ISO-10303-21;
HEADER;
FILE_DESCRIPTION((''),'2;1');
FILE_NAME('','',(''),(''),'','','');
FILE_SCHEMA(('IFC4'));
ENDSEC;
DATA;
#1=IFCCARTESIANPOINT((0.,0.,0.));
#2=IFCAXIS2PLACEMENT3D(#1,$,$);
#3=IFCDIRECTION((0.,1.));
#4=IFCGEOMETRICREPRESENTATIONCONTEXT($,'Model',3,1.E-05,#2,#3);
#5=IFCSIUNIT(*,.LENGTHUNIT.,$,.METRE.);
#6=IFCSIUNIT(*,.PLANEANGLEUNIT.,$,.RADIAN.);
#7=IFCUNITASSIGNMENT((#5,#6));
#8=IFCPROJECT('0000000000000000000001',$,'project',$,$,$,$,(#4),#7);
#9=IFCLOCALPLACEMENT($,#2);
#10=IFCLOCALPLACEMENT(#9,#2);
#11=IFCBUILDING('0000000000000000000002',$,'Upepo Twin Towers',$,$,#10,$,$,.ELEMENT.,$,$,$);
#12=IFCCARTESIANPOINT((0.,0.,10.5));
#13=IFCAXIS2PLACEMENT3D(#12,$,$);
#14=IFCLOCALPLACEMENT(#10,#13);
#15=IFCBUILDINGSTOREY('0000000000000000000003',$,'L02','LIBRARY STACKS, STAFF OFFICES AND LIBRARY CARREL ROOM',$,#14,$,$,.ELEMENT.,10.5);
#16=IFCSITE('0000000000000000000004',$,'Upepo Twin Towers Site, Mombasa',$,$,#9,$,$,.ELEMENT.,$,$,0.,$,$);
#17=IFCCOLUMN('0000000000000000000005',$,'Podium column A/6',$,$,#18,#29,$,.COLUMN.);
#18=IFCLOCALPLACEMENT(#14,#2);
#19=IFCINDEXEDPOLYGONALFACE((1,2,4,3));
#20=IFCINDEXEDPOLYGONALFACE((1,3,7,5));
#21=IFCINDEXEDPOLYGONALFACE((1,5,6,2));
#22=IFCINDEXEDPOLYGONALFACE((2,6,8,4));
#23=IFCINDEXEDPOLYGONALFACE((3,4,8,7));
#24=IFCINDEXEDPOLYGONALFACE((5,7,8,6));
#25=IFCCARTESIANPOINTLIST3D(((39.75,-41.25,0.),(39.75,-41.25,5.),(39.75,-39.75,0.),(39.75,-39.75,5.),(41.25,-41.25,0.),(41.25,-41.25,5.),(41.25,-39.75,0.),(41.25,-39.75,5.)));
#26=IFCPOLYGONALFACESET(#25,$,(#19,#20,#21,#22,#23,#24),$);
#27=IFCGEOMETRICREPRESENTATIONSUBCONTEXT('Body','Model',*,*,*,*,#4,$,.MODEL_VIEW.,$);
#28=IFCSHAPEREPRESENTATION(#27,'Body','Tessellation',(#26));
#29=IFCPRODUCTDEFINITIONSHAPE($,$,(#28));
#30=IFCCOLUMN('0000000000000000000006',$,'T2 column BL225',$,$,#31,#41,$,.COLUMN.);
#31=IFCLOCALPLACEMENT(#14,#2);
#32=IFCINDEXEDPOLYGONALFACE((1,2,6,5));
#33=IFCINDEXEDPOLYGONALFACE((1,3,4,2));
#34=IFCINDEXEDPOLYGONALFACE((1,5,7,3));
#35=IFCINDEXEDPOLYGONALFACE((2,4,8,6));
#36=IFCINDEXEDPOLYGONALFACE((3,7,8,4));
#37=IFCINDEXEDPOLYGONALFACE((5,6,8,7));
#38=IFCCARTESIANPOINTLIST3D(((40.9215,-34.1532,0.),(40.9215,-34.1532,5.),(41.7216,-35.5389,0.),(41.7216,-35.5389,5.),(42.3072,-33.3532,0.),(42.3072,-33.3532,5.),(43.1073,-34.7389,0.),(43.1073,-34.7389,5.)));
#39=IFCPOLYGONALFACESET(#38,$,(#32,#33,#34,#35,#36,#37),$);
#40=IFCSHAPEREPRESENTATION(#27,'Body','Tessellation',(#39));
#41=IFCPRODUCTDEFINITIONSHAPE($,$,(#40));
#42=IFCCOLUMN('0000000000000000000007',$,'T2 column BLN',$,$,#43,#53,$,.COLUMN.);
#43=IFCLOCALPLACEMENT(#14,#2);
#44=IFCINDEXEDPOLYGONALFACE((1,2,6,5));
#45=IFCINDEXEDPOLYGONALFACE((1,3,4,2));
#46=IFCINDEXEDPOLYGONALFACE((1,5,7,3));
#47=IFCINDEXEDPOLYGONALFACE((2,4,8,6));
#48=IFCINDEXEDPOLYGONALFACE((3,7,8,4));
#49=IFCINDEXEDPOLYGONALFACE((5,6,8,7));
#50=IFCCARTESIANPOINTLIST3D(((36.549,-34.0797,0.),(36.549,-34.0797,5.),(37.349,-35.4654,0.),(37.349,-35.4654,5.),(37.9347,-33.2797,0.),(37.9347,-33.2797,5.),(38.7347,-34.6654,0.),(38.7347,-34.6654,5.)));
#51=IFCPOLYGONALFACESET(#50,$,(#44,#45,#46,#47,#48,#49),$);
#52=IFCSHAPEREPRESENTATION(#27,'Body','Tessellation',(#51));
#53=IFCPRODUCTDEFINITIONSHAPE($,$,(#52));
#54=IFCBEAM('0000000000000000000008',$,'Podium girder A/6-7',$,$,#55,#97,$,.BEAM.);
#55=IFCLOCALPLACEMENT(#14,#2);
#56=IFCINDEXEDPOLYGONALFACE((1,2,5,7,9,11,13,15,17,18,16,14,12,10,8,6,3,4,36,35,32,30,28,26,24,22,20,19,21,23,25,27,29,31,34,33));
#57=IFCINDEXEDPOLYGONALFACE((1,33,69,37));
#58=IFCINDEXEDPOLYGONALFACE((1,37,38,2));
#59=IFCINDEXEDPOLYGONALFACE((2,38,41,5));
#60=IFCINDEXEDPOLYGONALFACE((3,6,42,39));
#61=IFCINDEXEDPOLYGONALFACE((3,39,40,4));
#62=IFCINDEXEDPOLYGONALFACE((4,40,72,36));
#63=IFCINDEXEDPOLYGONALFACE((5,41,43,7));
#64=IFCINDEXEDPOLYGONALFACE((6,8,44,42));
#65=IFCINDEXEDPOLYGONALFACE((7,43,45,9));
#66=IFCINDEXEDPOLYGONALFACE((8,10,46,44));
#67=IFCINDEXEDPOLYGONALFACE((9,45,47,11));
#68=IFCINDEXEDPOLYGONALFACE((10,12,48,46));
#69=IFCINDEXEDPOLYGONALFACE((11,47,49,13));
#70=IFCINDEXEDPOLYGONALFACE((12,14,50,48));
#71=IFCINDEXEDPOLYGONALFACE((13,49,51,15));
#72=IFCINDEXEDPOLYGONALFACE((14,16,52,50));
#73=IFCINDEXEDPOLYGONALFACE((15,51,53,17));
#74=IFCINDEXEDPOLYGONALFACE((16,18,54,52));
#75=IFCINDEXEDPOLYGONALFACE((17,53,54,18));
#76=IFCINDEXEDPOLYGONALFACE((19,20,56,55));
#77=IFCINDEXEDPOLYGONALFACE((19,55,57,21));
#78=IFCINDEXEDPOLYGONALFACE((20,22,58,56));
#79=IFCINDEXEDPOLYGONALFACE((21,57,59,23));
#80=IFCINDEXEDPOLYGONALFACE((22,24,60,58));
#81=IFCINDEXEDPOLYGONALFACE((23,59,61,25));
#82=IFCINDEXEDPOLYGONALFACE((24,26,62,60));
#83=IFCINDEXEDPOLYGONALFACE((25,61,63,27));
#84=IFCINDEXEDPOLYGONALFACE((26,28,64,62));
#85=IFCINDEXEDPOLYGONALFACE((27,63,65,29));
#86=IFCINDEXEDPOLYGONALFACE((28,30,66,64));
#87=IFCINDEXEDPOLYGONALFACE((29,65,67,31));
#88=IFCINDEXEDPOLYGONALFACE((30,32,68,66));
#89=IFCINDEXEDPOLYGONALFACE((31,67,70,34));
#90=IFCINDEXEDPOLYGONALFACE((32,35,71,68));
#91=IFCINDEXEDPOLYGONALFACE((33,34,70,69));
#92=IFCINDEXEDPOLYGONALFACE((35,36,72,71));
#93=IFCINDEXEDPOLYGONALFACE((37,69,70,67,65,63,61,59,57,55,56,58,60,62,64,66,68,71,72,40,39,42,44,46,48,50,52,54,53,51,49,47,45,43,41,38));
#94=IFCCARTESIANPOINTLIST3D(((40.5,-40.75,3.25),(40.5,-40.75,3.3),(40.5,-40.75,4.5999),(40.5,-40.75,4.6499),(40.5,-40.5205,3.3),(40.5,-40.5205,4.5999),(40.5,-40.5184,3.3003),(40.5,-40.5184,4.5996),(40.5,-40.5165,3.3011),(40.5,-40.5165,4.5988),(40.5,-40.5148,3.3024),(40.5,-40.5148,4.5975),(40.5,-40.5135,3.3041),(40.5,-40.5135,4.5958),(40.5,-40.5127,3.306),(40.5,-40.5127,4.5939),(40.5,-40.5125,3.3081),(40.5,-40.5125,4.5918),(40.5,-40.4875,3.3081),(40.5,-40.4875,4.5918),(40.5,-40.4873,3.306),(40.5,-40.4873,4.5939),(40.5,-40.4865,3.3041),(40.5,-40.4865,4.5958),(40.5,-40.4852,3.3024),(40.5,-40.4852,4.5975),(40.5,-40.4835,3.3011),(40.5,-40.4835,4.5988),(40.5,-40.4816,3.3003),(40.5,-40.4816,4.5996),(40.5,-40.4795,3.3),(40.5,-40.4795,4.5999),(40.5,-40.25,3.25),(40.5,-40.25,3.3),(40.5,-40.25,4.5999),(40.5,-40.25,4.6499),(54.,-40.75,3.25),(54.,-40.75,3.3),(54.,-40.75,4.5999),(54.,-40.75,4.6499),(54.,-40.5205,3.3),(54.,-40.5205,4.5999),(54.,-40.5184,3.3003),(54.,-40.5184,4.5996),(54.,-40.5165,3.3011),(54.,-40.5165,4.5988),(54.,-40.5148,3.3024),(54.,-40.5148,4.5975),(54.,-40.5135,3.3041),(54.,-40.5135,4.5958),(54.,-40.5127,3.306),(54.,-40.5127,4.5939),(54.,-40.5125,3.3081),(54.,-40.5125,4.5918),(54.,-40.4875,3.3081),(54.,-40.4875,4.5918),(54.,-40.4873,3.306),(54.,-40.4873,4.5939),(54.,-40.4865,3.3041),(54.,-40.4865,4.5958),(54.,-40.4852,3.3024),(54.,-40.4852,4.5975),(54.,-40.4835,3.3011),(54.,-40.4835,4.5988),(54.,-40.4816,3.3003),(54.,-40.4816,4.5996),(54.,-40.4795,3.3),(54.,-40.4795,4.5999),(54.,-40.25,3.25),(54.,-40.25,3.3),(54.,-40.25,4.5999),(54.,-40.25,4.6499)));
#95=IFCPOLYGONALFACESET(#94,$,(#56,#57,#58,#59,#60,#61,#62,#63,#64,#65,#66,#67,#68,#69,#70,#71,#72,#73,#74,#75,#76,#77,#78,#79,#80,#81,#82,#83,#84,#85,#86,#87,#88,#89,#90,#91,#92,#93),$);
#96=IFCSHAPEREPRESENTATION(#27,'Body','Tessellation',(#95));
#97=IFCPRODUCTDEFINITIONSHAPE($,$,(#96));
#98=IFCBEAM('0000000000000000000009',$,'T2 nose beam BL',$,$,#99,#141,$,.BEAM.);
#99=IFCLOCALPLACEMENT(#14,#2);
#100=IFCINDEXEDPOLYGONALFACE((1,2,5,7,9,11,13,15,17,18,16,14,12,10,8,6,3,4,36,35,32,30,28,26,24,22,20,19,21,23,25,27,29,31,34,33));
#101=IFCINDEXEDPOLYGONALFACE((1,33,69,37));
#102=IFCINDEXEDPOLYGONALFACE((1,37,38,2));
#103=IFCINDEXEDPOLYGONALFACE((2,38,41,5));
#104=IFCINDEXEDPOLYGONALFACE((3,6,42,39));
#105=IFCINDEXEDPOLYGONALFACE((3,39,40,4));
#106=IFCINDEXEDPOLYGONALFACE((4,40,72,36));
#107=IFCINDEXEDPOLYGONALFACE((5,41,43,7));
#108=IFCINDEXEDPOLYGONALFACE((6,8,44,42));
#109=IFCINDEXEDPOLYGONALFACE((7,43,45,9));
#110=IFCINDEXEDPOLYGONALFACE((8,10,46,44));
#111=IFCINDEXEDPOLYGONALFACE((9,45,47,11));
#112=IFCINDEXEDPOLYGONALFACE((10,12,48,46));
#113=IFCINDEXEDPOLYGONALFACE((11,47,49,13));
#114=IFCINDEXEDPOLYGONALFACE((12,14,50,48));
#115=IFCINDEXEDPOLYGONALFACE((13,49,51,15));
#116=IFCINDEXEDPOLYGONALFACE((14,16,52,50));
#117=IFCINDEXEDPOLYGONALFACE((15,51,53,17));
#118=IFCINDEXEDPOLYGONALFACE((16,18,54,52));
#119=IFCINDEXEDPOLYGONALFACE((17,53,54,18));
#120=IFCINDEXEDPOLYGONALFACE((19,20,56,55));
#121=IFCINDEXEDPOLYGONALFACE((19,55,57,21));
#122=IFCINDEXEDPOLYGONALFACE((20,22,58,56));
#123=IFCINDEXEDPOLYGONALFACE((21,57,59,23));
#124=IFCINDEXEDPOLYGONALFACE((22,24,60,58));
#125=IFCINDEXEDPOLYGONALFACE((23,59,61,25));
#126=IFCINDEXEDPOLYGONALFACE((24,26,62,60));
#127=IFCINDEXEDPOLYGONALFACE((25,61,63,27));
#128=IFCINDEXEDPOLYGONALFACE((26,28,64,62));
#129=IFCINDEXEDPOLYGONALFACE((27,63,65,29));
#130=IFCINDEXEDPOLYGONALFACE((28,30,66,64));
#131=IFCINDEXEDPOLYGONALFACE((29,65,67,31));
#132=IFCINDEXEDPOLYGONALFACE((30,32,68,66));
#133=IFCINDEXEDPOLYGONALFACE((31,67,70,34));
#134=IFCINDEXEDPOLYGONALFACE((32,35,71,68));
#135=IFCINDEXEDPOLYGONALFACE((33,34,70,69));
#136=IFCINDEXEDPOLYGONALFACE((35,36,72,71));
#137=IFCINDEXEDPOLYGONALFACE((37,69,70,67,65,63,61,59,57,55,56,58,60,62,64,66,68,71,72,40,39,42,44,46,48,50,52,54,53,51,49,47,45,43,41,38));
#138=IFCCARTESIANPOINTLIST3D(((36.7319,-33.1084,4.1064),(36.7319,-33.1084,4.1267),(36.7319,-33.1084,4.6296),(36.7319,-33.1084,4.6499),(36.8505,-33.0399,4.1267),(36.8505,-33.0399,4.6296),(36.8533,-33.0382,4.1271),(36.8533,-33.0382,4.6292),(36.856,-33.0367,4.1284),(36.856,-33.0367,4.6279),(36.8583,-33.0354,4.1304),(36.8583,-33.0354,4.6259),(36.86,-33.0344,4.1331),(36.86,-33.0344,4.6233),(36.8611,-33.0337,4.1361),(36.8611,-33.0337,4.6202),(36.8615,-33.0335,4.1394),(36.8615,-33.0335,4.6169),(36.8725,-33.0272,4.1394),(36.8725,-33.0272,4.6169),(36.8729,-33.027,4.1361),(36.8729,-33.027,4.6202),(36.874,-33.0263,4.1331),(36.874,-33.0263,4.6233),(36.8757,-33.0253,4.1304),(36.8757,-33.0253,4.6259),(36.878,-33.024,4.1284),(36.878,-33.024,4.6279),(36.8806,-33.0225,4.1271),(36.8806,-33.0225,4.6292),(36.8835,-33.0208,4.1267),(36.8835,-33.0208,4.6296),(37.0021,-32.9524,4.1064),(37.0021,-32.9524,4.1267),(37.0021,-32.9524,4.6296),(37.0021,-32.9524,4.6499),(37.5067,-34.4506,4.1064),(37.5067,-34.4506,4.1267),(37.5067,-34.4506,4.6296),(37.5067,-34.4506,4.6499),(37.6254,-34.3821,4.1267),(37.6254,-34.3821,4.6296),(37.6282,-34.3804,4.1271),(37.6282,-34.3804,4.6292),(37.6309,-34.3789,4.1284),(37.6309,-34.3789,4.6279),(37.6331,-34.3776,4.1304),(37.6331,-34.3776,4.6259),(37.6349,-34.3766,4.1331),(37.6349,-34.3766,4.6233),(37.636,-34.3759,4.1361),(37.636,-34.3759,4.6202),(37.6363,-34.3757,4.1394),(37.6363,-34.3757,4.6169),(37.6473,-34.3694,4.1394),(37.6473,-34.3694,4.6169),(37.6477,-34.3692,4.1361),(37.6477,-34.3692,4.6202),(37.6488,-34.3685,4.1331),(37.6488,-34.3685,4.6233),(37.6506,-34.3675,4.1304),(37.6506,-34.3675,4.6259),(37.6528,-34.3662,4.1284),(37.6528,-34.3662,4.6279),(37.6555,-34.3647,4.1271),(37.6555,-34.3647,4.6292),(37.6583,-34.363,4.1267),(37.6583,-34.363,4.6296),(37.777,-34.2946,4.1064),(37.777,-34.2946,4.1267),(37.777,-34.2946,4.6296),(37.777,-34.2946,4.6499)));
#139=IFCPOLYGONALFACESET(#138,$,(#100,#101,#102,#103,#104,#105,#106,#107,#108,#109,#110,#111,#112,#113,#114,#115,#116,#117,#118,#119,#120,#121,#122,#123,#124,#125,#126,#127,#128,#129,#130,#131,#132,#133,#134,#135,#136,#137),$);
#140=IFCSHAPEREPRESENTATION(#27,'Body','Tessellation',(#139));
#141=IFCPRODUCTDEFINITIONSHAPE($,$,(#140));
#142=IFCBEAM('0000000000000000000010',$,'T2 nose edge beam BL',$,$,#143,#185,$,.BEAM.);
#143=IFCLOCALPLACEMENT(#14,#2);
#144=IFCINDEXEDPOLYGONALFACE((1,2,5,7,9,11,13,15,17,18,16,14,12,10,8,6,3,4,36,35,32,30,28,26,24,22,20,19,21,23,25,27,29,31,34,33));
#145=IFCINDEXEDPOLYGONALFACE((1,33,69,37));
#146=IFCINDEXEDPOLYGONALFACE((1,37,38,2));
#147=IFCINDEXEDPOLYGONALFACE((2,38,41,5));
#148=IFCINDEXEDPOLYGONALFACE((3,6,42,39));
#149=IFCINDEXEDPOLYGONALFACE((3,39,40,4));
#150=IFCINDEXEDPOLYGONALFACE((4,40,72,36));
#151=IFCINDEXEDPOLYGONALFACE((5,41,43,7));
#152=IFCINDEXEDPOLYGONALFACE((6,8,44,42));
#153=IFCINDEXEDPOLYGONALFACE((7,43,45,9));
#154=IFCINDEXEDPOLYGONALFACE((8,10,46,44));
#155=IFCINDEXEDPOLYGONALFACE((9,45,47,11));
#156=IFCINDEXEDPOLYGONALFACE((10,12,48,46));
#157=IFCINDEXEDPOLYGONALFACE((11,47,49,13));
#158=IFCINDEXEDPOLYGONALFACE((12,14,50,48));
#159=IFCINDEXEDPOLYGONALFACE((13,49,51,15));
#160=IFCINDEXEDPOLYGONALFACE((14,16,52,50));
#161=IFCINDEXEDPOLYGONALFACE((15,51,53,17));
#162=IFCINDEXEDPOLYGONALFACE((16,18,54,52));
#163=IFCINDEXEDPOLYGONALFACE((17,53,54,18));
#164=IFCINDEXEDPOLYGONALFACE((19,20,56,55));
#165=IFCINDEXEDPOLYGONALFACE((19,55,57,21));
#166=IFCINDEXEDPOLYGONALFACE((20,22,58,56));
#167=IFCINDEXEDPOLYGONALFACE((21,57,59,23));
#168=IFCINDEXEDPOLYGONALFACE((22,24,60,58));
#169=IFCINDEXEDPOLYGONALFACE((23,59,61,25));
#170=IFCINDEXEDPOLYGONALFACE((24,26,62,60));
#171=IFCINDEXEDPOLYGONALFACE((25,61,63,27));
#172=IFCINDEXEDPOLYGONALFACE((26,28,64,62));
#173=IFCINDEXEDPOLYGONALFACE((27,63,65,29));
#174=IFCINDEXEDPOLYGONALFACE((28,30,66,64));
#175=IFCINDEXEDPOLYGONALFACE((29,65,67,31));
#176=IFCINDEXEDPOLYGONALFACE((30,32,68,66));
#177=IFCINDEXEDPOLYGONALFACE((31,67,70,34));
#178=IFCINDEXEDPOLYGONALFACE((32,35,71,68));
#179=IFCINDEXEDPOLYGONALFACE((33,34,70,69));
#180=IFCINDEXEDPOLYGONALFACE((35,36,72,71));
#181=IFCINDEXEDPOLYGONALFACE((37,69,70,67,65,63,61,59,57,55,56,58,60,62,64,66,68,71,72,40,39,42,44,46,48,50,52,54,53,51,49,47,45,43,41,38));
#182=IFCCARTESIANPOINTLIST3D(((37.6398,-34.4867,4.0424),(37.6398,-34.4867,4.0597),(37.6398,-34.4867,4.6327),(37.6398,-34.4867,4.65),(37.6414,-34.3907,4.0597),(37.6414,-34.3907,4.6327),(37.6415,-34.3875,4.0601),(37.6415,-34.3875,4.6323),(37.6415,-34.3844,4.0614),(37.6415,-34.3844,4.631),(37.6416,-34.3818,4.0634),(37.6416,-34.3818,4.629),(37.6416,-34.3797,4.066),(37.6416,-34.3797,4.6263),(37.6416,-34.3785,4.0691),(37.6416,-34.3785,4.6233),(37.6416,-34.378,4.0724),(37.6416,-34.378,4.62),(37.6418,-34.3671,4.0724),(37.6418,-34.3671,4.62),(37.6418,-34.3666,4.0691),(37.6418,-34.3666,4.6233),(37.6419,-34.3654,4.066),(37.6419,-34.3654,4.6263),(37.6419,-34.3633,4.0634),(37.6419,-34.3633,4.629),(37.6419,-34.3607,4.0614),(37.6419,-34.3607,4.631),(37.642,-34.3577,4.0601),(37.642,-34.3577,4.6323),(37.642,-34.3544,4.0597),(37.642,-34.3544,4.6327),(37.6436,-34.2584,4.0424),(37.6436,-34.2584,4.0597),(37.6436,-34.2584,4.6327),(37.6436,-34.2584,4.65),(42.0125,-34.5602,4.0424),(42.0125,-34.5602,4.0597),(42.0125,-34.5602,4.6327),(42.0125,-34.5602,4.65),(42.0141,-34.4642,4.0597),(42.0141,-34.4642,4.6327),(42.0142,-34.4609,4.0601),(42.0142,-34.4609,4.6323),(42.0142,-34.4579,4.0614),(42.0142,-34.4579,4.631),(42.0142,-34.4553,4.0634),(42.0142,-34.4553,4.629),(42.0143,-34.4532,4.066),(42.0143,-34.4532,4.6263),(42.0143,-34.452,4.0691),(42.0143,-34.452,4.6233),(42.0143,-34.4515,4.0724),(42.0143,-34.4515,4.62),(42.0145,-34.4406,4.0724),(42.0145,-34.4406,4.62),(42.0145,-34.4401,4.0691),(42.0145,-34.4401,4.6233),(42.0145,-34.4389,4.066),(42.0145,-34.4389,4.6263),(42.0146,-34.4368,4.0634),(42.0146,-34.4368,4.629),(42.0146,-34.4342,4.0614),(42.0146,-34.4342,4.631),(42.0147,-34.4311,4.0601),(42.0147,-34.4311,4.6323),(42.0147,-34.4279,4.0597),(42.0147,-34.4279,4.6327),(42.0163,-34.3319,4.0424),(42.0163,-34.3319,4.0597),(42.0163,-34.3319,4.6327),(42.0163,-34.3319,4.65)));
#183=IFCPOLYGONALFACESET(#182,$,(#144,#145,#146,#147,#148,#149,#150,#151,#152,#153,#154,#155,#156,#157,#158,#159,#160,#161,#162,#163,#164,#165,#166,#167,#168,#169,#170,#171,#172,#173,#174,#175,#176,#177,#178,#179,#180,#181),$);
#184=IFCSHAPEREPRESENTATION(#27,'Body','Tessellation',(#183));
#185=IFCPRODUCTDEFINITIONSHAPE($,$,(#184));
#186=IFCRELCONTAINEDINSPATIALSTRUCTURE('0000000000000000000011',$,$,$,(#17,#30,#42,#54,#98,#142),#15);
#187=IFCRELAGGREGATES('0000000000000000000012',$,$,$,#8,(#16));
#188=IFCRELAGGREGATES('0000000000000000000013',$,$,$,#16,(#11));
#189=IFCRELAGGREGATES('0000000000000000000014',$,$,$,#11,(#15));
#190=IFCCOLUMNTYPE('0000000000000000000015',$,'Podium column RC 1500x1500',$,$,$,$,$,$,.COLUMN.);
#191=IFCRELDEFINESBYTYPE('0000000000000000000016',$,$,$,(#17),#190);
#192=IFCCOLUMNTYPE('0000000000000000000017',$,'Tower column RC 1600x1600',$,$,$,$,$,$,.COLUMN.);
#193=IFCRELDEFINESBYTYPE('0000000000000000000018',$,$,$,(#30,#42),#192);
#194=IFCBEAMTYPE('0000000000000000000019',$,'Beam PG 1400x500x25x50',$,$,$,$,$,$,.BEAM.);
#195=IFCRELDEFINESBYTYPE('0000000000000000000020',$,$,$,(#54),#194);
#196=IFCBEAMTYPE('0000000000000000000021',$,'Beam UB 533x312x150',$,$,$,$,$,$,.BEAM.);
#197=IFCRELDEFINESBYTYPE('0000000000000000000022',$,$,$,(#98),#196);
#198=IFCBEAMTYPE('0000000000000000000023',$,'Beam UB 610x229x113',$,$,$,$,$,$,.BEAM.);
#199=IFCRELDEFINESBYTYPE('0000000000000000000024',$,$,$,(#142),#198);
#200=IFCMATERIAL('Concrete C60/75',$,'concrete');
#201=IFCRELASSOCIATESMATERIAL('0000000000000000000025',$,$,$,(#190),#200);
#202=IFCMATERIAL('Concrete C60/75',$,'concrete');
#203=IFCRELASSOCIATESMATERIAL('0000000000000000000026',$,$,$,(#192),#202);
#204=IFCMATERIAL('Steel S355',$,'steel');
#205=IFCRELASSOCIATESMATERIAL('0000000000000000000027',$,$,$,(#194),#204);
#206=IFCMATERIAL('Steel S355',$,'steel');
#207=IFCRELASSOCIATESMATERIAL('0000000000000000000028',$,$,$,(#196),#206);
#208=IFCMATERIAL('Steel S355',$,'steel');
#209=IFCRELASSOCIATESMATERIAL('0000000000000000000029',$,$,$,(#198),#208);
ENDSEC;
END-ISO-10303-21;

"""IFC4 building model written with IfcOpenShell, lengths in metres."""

from ifc_helpers import new_model, si_unit, direction, frame, origin, origin_2d, place, context, subcontext, project, spatial, rectangle, i_section, extrude, material, material_profile, profile_set, type_object, element, save


model = new_model("IFC4")

# Units and contexts
model_context = context("Model", 3, precision=1e-05, world=origin(), true_north=direction((0.0, 1.0)))
body_context = subcontext(model_context, "Body", "Model", "MODEL_VIEW")
ifc_project = project(units=[si_unit("LENGTHUNIT", "METRE"), si_unit("PLANEANGLEUNIT", "RADIAN")], contexts=[model_context])

# Site, building, storey
site_placement = place(None, origin())
site = spatial("IfcSite", under=ifc_project, at=site_placement, Name="Upepo Twin Towers Site, Mombasa", CompositionType="ELEMENT", RefElevation=0.0)
building_placement = place(site_placement, origin())
building = spatial("IfcBuilding", under=site, at=building_placement, Name="Upepo Twin Towers", CompositionType="ELEMENT")
storey_placement = place(building_placement, frame((0.0, 0.0, 10.5)))
storey = spatial("IfcBuildingStorey", under=building, at=storey_placement, Name="L02", Description="LIBRARY STACKS, STAFF OFFICES AND LIBRARY CARREL ROOM", CompositionType="ELEMENT", Elevation=10.5)

# Columns
ifc_material_1 = material(Name="Concrete C60/75", Category="concrete")
ifc_material_profile_1 = material_profile(ifc_material_1, rectangle(XDim=1.5, YDim=1.5, at=origin_2d()), Name="RC 1500x1500")
ifc_profile_set_1 = profile_set([ifc_material_profile_1], Name="Concrete C60/75")
column_type_1 = type_object("IfcColumnType", Name="Podium column RC 1500x1500", PredefinedType="COLUMN", material=ifc_profile_set_1)
column_placement = place(storey_placement, frame((40.5, -40.5, 0.0), z_axis=(0.0, 0.0, 1.0), x_axis=(1.0, 0.0, 0.0)))
element("IfcColumn", 1, at=column_placement, inside=storey, type_object=column_type_1, Name="Podium column A/6", PredefinedType="COLUMN", context=body_context, shape_type="SweptSolid", body=[
    extrude(rectangle(XDim=1.5, YDim=1.5, at=origin_2d()), origin(), (0.0, 0.0, 1.0), 5.0),
])
ifc_material_2 = material(Name="Concrete C60/75", Category="concrete")
ifc_material_profile_2 = material_profile(ifc_material_2, rectangle(XDim=1.6001, YDim=1.6001, at=origin_2d()), Name="RC 1600x1600")
ifc_profile_set_2 = profile_set([ifc_material_profile_2], Name="Concrete C60/75")
column_type_2 = type_object("IfcColumnType", Name="Tower column RC 1600x1600", PredefinedType="COLUMN", material=ifc_profile_set_2)
for number, where, z_axis, x_axis, name in (
    (2, (42.0144, -34.446, 0.0), (0.0, 0.0, 1.0), (0.866025, 0.5, 0.0), "T2 column BL225"),
    (3, (37.6418, -34.3726, 0.0), (0.0, 0.0, 1.0), (0.866025, 0.5, 0.0), "T2 column BLN"),
):
    element("IfcColumn", number, at=place(storey_placement, frame(where, z_axis=z_axis, x_axis=x_axis)), inside=storey, type_object=column_type_2, Name=name, PredefinedType="COLUMN", context=body_context, shape_type="SweptSolid", body=[
        extrude(rectangle(XDim=1.6001, YDim=1.6001, at=origin_2d()), origin(), (0.0, 0.0, 1.0), 5.0),
    ])

# Beams
ifc_material_3 = material(Name="Steel S355", Category="steel")
ifc_material_profile_3 = material_profile(ifc_material_3, i_section(OverallWidth=0.5, OverallDepth=1.3999, WebThickness=0.0249, FlangeThickness=0.05, FilletRadius=0.0081, at=origin_2d()), Name="PG 1400x500x25x50")
ifc_profile_set_3 = profile_set([ifc_material_profile_3], Name="Steel S355")
beam_type_1 = type_object("IfcBeamType", Name="Beam PG 1400x500x25x50", PredefinedType="BEAM", material=ifc_profile_set_3)
beam_1_placement = place(storey_placement, frame((40.5, -40.5, 3.95), z_axis=(1.0, 0.0, 0.0), x_axis=(0.0, 1.0, 0.0)))
element("IfcBeam", 4, at=beam_1_placement, inside=storey, type_object=beam_type_1, Name="Podium girder A/6-7", PredefinedType="BEAM", context=body_context, shape_type="SweptSolid", body=[
    extrude(i_section(OverallWidth=0.5, OverallDepth=1.3999, WebThickness=0.0249, FlangeThickness=0.05, FilletRadius=0.0081, at=origin_2d()), origin(), (0.0, 0.0, 1.0), 13.5),
])
ifc_material_4 = material(Name="Steel S355", Category="steel")
ifc_material_profile_4 = material_profile(ifc_material_4, i_section(OverallWidth=0.312, OverallDepth=0.5435, WebThickness=0.0127, FlangeThickness=0.0203, FilletRadius=0.0127, at=origin_2d()), Name="UB 533x312x150")
ifc_profile_set_4 = profile_set([ifc_material_profile_4], Name="Steel S355")
beam_type_2 = type_object("IfcBeamType", Name="Beam UB 533x312x150", PredefinedType="BEAM", material=ifc_profile_set_4)
beam_2_placement = place(storey_placement, frame((37.6418, -34.3726, 4.3782), z_axis=(-0.499968, 0.866044, 0.0), x_axis=(-0.866044, -0.499968, 0.0)))
element("IfcBeam", 5, at=beam_2_placement, inside=storey, type_object=beam_type_2, Name="T2 nose beam BL", PredefinedType="BEAM", context=body_context, shape_type="SweptSolid", body=[
    extrude(i_section(OverallWidth=0.312, OverallDepth=0.5435, WebThickness=0.0127, FlangeThickness=0.0203, FilletRadius=0.0127, at=origin_2d()), origin(), (0.0, 0.0, 1.0), 1.5498),
])
ifc_material_5 = material(Name="Steel S355", Category="steel")
ifc_material_profile_5 = material_profile(ifc_material_5, i_section(OverallWidth=0.2283, OverallDepth=0.6077, WebThickness=0.011, FlangeThickness=0.0173, FilletRadius=0.0127, at=origin_2d()), Name="UB 610x229x113")
ifc_profile_set_5 = profile_set([ifc_material_profile_5], Name="Steel S355")
beam_type_3 = type_object("IfcBeamType", Name="Beam UB 610x229x113", PredefinedType="BEAM", material=ifc_profile_set_5)
beam_3_placement = place(storey_placement, frame((42.0144, -34.446, 4.3462), z_axis=(-0.999859, 0.016804, 0.0), x_axis=(-0.016804, -0.999859, 0.0)))
element("IfcBeam", 6, at=beam_3_placement, inside=storey, type_object=beam_type_3, Name="T2 nose edge beam BL", PredefinedType="BEAM", context=body_context, shape_type="SweptSolid", body=[
    extrude(i_section(OverallWidth=0.2283, OverallDepth=0.6077, WebThickness=0.011, FlangeThickness=0.0173, FilletRadius=0.0127, at=origin_2d()), origin(), (0.0, 0.0, 1.0), 4.3733),
])

save(model, "model.ifc")
